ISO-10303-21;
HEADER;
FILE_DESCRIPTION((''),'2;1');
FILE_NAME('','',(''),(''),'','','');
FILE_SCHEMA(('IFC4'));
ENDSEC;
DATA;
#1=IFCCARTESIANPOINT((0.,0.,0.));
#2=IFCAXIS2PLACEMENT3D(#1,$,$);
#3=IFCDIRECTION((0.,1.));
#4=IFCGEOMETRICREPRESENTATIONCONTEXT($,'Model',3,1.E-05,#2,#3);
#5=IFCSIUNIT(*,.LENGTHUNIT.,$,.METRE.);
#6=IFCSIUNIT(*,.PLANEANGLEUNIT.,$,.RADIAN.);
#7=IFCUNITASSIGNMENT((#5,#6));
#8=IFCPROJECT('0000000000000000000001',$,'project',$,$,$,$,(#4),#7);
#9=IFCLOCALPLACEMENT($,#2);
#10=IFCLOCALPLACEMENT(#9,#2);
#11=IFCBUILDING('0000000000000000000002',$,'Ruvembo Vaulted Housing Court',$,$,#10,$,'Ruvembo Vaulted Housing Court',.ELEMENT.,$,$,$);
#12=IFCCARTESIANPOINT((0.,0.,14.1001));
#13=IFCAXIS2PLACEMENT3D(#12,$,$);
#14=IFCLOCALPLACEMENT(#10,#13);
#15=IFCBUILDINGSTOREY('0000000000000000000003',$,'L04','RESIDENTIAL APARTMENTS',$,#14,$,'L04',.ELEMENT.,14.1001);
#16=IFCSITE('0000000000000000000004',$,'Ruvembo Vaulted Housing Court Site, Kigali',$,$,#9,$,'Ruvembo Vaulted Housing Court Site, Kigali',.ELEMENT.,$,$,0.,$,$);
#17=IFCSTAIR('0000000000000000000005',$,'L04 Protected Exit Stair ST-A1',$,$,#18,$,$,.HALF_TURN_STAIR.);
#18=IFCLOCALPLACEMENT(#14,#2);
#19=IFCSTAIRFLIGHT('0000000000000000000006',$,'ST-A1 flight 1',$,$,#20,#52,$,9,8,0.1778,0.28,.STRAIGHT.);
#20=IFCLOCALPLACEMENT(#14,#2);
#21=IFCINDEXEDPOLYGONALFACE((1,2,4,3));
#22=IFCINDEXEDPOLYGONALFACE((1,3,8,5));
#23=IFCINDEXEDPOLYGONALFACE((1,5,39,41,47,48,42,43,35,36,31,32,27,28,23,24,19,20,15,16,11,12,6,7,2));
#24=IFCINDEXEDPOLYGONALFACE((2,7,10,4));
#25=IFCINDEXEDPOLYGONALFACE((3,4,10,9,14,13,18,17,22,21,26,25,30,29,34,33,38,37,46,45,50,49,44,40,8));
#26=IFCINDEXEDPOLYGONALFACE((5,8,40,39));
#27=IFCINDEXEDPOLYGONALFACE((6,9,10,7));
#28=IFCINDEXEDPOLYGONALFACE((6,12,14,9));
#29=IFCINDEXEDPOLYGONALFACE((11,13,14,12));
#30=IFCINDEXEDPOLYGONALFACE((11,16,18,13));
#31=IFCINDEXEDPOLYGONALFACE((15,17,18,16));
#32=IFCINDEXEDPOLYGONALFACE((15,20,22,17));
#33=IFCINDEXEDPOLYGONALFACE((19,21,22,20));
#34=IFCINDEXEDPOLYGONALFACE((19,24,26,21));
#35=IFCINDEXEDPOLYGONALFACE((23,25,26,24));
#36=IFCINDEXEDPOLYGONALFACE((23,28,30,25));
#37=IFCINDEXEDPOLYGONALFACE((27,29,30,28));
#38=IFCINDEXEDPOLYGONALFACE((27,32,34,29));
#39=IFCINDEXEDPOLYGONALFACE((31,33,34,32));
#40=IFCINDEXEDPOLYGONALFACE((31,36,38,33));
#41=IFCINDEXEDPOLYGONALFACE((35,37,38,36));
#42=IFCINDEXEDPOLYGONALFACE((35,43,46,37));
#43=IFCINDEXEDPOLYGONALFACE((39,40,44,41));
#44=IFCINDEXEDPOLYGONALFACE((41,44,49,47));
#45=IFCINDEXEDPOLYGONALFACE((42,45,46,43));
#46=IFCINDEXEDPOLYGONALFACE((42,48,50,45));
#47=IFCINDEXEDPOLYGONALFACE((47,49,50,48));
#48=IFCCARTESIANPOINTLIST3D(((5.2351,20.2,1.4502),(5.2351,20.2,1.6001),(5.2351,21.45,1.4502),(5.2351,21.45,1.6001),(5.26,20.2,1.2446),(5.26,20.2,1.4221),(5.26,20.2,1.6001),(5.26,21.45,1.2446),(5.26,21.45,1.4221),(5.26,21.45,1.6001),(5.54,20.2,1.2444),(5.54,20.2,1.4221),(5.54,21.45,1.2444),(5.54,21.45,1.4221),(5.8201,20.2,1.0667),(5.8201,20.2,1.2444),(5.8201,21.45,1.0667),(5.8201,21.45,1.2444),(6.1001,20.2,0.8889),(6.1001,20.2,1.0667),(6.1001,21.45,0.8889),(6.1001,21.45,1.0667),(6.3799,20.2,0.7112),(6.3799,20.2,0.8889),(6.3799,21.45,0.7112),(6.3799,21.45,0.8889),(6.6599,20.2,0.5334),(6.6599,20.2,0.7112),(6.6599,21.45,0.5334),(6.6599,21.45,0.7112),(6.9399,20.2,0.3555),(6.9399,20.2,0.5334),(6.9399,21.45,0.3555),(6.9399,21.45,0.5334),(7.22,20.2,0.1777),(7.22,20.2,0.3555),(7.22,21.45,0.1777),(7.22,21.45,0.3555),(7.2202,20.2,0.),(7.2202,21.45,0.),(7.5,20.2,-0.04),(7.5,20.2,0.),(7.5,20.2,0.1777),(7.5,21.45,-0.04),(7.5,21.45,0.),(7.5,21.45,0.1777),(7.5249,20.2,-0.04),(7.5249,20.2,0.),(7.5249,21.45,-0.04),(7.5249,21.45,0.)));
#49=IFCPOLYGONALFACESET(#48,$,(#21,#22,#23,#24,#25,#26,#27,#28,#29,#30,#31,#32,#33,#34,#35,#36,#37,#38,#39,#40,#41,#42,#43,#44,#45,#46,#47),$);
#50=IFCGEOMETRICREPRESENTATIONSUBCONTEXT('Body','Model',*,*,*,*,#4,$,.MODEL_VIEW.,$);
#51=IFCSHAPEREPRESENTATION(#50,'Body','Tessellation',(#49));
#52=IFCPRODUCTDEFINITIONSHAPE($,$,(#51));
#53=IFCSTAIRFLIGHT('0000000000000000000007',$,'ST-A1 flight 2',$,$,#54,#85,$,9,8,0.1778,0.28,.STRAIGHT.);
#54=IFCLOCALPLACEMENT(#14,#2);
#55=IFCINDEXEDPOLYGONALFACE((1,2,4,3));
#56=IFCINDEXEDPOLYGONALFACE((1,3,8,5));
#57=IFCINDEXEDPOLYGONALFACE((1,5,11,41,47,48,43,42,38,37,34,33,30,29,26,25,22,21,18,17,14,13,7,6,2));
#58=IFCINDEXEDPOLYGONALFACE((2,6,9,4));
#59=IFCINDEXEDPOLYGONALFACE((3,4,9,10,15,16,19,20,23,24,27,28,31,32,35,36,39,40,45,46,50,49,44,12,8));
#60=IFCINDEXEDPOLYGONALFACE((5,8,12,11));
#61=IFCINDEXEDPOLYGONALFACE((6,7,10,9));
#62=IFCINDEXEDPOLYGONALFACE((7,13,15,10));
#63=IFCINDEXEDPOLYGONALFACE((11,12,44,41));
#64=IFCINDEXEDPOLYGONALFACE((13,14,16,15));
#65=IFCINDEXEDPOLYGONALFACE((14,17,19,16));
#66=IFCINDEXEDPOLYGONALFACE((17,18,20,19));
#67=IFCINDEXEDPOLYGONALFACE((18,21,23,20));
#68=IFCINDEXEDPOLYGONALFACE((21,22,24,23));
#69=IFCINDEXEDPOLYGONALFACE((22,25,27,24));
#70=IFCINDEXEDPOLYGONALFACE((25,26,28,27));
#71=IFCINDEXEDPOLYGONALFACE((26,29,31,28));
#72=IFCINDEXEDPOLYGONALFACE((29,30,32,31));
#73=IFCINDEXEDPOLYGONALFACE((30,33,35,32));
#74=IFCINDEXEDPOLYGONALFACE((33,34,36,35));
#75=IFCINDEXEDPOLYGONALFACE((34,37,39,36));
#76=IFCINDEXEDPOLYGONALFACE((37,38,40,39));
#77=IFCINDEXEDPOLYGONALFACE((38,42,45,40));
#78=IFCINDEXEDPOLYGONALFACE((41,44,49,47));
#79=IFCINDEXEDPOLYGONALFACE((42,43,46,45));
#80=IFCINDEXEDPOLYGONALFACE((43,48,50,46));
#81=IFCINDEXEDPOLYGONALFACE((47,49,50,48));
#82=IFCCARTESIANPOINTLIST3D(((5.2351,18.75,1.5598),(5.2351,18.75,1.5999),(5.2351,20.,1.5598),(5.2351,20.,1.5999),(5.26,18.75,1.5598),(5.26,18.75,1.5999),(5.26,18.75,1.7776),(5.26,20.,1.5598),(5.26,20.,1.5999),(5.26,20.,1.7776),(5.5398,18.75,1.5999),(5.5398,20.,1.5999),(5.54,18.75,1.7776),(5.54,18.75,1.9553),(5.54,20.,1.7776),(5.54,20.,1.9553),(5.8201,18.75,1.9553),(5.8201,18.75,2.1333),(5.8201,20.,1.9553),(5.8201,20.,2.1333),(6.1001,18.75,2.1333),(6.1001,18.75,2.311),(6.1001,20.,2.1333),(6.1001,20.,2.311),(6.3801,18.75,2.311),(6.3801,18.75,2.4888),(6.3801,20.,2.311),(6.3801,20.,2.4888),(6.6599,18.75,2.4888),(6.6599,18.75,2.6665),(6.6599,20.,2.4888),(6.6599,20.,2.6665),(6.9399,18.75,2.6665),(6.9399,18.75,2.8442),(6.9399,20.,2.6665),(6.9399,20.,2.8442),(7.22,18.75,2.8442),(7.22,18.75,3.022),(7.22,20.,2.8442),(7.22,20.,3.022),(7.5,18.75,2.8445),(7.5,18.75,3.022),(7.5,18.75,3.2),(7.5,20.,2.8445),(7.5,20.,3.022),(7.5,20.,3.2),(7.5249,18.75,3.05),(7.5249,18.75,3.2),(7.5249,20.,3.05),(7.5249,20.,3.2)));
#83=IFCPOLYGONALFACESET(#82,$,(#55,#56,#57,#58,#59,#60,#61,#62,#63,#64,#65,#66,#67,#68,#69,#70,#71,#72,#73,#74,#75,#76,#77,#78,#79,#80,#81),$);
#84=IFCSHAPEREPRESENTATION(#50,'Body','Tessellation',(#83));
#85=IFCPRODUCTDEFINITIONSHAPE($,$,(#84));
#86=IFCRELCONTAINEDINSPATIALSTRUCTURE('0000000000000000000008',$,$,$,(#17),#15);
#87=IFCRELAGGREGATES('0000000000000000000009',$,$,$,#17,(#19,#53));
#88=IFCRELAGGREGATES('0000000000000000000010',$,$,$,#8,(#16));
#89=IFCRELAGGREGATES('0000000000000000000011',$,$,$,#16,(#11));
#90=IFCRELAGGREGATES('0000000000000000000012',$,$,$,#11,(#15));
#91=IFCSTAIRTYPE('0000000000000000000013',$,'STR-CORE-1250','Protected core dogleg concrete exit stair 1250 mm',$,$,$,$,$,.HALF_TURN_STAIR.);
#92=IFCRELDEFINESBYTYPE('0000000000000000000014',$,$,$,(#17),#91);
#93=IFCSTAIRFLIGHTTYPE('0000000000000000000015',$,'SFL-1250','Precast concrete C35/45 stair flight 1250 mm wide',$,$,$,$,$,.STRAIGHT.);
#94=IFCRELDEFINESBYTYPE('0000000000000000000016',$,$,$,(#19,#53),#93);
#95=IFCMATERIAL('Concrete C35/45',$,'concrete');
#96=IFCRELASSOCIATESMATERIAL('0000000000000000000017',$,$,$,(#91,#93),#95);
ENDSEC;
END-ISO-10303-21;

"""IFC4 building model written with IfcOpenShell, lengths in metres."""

from ifc_helpers import new_model, si_unit, direction, frame, origin, place, context, subcontext, project, spatial, polyline, outline, extrude, material, type_object, element, aggregate, save


model = new_model("IFC4")

# Units and contexts
model_context = context("Model", 3, precision=1e-05, world=origin(), true_north=direction((0.0, 1.0)))
body_context = subcontext(model_context, "Body", "Model", "MODEL_VIEW")
ifc_project = project(units=[si_unit("LENGTHUNIT", "METRE"), si_unit("PLANEANGLEUNIT", "RADIAN")], contexts=[model_context])

# Site, building, storey
site_placement = place(None, origin())
site = spatial("IfcSite", under=ifc_project, at=site_placement, Name="Ruvembo Vaulted Housing Court Site, Kigali", LongName="Ruvembo Vaulted Housing Court Site, Kigali", CompositionType="ELEMENT", RefElevation=0.0)
building_placement = place(site_placement, origin())
building = spatial("IfcBuilding", under=site, at=building_placement, Name="Ruvembo Vaulted Housing Court", LongName="Ruvembo Vaulted Housing Court", CompositionType="ELEMENT")
storey_placement = place(building_placement, frame((0.0, 0.0, 14.1001)))
storey = spatial("IfcBuildingStorey", under=building, at=storey_placement, Name="L04", Description="RESIDENTIAL APARTMENTS", LongName="L04", CompositionType="ELEMENT", Elevation=14.1001)

# Shared definitions
ifc_material_1 = material(Name="Concrete C35/45", Category="concrete")

# Stair, stair flights
stair_type = type_object("IfcStairType", Name="STR-CORE-1250", Description="Protected core dogleg concrete exit stair 1250 mm", PredefinedType="HALF_TURN_STAIR", material=ifc_material_1)
stair_placement = place(storey_placement, origin())
stair = element("IfcStair", 1, at=stair_placement, inside=storey, type_object=stair_type, Name="L04 Protected Exit Stair ST-A1", PredefinedType="HALF_TURN_STAIR")
stair_flight_type = type_object("IfcStairFlightType", Name="SFL-1250", Description="Precast concrete C35/45 stair flight 1250 mm wide", PredefinedType="STRAIGHT", material=ifc_material_1)
stair_flight_1_placement = place(storey_placement, frame((7.5, 20.825, 0.0), z_axis=(0.0, 0.0, 1.0), x_axis=(-1.0, 0.0, 0.0)))
stair_flight_1 = element("IfcStairFlight", 2, at=stair_flight_1_placement, type_object=stair_flight_type, Name="ST-A1 flight 1", NumberOfRisers=9, NumberOfTreads=8, PredefinedType="STRAIGHT", RiserHeight=0.1778, TreadLength=0.28, context=body_context, shape_type="SweptSolid", body=[
    extrude(outline(polyline([(-0.0249, -0.04), (-0.0249, 0.0), (0.0, 0.0), (0.0, 0.1777), (0.28, 0.1777), (0.28, 0.3555), (0.5601, 0.3555), (0.5601, 0.5334), (0.8401, 0.5334), (0.8401, 0.7112), (1.1201, 0.7112), (1.1201, 0.8889), (1.3999, 0.8889), (1.3999, 1.0667), (1.6799, 1.0667), (1.6799, 1.2444), (1.96, 1.2444), (1.96, 1.4221), (2.24, 1.4221), (2.24, 1.6001), (2.2649, 1.6001), (2.2649, 1.4502), (2.24, 1.2446), (0.2798, 0.0), (0.0, -0.04), (-0.0249, -0.04)])), frame((0.0, 0.625, 0.0), z_axis=(0.0, -1.0, 0.0), x_axis=(1.0, 0.0, 0.0)), (0.0, 0.0, 1.0), 1.25),
])
stair_flight_2_placement = place(storey_placement, frame((5.26, 19.375, 1.5999), z_axis=(0.0, 0.0, 1.0), x_axis=(1.0, 0.0, 0.0)))
stair_flight_2 = element("IfcStairFlight", 3, at=stair_flight_2_placement, type_object=stair_flight_type, Name="ST-A1 flight 2", NumberOfRisers=9, NumberOfTreads=8, PredefinedType="STRAIGHT", RiserHeight=0.1778, TreadLength=0.28, context=body_context, shape_type="SweptSolid", body=[
    extrude(outline(polyline([(-0.0249, -0.04), (-0.0249, 0.0), (0.0, 0.0), (0.0, 0.1777), (0.28, 0.1777), (0.28, 0.3555), (0.5601, 0.3555), (0.5601, 0.5334), (0.8401, 0.5334), (0.8401, 0.7112), (1.1201, 0.7112), (1.1201, 0.8889), (1.3999, 0.8889), (1.3999, 1.0667), (1.6799, 1.0667), (1.6799, 1.2444), (1.96, 1.2444), (1.96, 1.4221), (2.24, 1.4221), (2.24, 1.6001), (2.2649, 1.6001), (2.2649, 1.4502), (2.24, 1.2446), (0.2798, 0.0), (0.0, -0.04), (-0.0249, -0.04)])), frame((0.0, 0.625, 0.0), z_axis=(0.0, -1.0, 0.0), x_axis=(1.0, 0.0, 0.0)), (0.0, 0.0, 1.0), 1.25),
])
aggregate(stair, [stair_flight_1, stair_flight_2])

save(model, "model.ifc")
